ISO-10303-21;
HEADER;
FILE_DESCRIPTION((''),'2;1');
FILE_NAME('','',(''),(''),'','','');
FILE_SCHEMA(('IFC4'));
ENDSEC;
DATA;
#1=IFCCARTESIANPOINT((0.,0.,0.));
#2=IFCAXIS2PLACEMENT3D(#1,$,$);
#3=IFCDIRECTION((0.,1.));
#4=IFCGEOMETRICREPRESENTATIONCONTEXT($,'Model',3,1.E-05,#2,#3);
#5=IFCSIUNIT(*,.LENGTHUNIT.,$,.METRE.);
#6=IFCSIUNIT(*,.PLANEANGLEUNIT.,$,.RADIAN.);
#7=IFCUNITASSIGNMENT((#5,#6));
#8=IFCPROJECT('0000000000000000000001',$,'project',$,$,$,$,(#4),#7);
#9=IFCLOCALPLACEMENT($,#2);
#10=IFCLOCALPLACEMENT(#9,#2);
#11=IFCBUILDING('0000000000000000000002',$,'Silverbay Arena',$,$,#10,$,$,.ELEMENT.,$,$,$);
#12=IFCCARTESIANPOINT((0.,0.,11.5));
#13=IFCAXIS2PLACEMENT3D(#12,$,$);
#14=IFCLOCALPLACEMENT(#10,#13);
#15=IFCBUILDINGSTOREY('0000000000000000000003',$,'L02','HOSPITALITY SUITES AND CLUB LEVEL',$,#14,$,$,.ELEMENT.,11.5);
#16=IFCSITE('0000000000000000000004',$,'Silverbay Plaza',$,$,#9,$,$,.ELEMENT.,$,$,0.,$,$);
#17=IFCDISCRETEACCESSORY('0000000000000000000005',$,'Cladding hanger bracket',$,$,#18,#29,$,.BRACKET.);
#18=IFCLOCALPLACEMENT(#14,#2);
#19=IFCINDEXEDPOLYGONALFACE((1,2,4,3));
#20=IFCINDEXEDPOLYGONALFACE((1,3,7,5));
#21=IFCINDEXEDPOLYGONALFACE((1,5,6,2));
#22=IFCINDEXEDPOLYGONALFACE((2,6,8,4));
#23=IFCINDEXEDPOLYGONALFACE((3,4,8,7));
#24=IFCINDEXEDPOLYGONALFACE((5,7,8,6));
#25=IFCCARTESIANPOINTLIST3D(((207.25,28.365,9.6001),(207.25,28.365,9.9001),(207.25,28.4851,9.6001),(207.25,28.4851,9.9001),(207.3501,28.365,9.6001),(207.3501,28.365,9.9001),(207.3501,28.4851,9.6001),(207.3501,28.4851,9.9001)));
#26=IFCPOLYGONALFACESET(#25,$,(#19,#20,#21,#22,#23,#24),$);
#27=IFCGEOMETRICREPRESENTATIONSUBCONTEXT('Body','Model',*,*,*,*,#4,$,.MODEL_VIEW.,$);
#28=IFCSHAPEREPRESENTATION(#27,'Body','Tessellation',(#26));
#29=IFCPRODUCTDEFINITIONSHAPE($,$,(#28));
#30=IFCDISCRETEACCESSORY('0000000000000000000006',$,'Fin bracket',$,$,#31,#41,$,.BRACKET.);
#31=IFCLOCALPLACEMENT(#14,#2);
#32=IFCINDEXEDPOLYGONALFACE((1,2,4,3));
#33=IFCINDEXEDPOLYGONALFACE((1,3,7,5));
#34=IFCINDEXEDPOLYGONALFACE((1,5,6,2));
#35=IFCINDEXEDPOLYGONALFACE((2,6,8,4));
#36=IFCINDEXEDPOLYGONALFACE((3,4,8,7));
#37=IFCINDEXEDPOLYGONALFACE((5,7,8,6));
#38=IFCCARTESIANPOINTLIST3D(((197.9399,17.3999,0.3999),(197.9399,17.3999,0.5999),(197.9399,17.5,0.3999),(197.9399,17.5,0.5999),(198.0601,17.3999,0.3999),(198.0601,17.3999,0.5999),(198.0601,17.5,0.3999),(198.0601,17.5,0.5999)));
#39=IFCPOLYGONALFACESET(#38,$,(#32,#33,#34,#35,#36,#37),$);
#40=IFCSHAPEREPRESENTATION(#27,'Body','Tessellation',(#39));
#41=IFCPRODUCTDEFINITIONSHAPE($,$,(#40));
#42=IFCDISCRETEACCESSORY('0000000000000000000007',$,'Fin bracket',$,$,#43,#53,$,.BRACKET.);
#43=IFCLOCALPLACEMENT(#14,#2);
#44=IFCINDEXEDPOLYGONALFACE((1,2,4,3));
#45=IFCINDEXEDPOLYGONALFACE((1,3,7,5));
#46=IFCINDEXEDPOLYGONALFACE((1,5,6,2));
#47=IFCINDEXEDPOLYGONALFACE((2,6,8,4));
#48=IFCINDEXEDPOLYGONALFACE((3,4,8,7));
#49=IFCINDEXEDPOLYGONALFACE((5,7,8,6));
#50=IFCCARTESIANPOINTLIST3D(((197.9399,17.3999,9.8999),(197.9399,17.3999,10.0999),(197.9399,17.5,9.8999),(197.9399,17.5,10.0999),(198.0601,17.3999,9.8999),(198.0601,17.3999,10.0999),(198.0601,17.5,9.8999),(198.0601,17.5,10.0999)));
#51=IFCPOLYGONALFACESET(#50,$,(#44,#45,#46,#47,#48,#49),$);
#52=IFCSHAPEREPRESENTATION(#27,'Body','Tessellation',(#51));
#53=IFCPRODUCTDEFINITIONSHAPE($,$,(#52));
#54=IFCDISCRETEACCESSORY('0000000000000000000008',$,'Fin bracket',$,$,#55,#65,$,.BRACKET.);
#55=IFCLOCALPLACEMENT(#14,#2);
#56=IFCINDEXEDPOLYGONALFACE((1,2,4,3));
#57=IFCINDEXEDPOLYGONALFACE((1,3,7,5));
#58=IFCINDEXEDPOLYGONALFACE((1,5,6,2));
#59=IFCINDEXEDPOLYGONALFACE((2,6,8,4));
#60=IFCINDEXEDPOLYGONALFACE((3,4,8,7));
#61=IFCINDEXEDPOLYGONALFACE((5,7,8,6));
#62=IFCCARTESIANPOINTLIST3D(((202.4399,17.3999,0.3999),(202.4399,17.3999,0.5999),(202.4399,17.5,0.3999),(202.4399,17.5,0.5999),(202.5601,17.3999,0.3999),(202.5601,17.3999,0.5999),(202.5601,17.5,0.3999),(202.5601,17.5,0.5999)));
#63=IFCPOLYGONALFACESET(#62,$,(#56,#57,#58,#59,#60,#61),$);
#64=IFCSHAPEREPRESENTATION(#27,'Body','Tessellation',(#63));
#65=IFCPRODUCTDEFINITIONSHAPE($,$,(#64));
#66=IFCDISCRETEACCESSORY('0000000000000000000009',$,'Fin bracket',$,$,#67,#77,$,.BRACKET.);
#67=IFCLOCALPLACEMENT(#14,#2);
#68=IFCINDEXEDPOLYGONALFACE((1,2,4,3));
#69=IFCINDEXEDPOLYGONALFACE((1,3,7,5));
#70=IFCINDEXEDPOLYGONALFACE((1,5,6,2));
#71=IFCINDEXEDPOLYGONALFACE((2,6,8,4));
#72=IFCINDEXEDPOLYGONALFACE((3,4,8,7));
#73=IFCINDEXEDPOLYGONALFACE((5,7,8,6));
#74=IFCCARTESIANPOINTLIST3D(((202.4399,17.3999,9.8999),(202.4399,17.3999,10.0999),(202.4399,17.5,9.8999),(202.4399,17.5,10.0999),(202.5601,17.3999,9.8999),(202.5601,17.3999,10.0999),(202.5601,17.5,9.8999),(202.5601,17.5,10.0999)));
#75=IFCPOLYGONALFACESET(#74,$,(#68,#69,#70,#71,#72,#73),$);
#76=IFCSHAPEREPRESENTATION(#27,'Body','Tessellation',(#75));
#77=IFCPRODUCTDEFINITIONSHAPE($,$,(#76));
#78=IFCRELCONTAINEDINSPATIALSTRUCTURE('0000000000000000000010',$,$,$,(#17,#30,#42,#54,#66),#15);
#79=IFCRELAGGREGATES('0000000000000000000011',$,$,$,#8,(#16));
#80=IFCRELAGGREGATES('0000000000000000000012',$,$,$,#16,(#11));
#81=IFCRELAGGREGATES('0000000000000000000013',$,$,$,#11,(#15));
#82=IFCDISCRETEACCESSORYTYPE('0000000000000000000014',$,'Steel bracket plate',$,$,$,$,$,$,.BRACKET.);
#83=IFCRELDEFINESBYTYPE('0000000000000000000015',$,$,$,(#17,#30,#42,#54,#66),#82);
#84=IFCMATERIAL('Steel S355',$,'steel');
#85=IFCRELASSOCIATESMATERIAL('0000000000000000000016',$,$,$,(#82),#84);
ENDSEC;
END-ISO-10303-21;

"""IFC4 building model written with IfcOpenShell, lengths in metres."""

from ifc_helpers import new_model, si_unit, direction, frame, origin, origin_2d, place, context, subcontext, project, spatial, rectangle, extrude, material, type_object, element, save


model = new_model("IFC4")

# Units and contexts
model_context = context("Model", 3, precision=1e-05, world=origin(), true_north=direction((0.0, 1.0)))
body_context = subcontext(model_context, "Body", "Model", "MODEL_VIEW")
ifc_project = project(units=[si_unit("LENGTHUNIT", "METRE"), si_unit("PLANEANGLEUNIT", "RADIAN")], contexts=[model_context])

# Site, building, storey
site_placement = place(None, origin())
site = spatial("IfcSite", under=ifc_project, at=site_placement, Name="Silverbay Plaza", CompositionType="ELEMENT", RefElevation=0.0)
building_placement = place(site_placement, origin())
building = spatial("IfcBuilding", under=site, at=building_placement, Name="Silverbay Arena", CompositionType="ELEMENT")
storey_placement = place(building_placement, frame((0.0, 0.0, 11.5)))
storey = spatial("IfcBuildingStorey", under=building, at=storey_placement, Name="L02", Description="HOSPITALITY SUITES AND CLUB LEVEL", CompositionType="ELEMENT", Elevation=11.5)

# Discrete accessories
ifc_material_1 = material(Name="Steel S355", Category="steel")
discrete_accessory_type = type_object("IfcDiscreteAccessoryType", Name="Steel bracket plate", PredefinedType="BRACKET", material=ifc_material_1)
discrete_accessory_placement = place(storey_placement, frame((207.3, 28.425, 9.6001), z_axis=(0.0, 0.0, 1.0), x_axis=(1.0, 0.0, 0.0)))
element("IfcDiscreteAccessory", 1, at=discrete_accessory_placement, inside=storey, type_object=discrete_accessory_type, Name="Cladding hanger bracket", PredefinedType="BRACKET", context=body_context, shape_type="SweptSolid", body=[
    extrude(rectangle(XDim=0.1001, YDim=0.1201, at=origin_2d()), origin(), (0.0, 0.0, 1.0), 0.3),
])
for number, where, z_axis, x_axis, name in (
    (2, (198.0, 17.45, 0.3999), (0.0, 0.0, 1.0), (1.0, 0.0, 0.0), "Fin bracket"),
    (3, (198.0, 17.45, 9.8999), (0.0, 0.0, 1.0), (1.0, 0.0, 0.0), "Fin bracket"),
    (4, (202.5, 17.45, 0.3999), (0.0, 0.0, 1.0), (1.0, 0.0, 0.0), "Fin bracket"),
    (5, (202.5, 17.45, 9.8999), (0.0, 0.0, 1.0), (1.0, 0.0, 0.0), "Fin bracket"),
):
    element("IfcDiscreteAccessory", number, at=place(storey_placement, frame(where, z_axis=z_axis, x_axis=x_axis)), inside=storey, type_object=discrete_accessory_type, Name=name, PredefinedType="BRACKET", context=body_context, shape_type="SweptSolid", body=[
        extrude(rectangle(XDim=0.1201, YDim=0.1001, at=origin_2d()), origin(), (0.0, 0.0, 1.0), 0.2),
    ])

save(model, "model.ifc")
